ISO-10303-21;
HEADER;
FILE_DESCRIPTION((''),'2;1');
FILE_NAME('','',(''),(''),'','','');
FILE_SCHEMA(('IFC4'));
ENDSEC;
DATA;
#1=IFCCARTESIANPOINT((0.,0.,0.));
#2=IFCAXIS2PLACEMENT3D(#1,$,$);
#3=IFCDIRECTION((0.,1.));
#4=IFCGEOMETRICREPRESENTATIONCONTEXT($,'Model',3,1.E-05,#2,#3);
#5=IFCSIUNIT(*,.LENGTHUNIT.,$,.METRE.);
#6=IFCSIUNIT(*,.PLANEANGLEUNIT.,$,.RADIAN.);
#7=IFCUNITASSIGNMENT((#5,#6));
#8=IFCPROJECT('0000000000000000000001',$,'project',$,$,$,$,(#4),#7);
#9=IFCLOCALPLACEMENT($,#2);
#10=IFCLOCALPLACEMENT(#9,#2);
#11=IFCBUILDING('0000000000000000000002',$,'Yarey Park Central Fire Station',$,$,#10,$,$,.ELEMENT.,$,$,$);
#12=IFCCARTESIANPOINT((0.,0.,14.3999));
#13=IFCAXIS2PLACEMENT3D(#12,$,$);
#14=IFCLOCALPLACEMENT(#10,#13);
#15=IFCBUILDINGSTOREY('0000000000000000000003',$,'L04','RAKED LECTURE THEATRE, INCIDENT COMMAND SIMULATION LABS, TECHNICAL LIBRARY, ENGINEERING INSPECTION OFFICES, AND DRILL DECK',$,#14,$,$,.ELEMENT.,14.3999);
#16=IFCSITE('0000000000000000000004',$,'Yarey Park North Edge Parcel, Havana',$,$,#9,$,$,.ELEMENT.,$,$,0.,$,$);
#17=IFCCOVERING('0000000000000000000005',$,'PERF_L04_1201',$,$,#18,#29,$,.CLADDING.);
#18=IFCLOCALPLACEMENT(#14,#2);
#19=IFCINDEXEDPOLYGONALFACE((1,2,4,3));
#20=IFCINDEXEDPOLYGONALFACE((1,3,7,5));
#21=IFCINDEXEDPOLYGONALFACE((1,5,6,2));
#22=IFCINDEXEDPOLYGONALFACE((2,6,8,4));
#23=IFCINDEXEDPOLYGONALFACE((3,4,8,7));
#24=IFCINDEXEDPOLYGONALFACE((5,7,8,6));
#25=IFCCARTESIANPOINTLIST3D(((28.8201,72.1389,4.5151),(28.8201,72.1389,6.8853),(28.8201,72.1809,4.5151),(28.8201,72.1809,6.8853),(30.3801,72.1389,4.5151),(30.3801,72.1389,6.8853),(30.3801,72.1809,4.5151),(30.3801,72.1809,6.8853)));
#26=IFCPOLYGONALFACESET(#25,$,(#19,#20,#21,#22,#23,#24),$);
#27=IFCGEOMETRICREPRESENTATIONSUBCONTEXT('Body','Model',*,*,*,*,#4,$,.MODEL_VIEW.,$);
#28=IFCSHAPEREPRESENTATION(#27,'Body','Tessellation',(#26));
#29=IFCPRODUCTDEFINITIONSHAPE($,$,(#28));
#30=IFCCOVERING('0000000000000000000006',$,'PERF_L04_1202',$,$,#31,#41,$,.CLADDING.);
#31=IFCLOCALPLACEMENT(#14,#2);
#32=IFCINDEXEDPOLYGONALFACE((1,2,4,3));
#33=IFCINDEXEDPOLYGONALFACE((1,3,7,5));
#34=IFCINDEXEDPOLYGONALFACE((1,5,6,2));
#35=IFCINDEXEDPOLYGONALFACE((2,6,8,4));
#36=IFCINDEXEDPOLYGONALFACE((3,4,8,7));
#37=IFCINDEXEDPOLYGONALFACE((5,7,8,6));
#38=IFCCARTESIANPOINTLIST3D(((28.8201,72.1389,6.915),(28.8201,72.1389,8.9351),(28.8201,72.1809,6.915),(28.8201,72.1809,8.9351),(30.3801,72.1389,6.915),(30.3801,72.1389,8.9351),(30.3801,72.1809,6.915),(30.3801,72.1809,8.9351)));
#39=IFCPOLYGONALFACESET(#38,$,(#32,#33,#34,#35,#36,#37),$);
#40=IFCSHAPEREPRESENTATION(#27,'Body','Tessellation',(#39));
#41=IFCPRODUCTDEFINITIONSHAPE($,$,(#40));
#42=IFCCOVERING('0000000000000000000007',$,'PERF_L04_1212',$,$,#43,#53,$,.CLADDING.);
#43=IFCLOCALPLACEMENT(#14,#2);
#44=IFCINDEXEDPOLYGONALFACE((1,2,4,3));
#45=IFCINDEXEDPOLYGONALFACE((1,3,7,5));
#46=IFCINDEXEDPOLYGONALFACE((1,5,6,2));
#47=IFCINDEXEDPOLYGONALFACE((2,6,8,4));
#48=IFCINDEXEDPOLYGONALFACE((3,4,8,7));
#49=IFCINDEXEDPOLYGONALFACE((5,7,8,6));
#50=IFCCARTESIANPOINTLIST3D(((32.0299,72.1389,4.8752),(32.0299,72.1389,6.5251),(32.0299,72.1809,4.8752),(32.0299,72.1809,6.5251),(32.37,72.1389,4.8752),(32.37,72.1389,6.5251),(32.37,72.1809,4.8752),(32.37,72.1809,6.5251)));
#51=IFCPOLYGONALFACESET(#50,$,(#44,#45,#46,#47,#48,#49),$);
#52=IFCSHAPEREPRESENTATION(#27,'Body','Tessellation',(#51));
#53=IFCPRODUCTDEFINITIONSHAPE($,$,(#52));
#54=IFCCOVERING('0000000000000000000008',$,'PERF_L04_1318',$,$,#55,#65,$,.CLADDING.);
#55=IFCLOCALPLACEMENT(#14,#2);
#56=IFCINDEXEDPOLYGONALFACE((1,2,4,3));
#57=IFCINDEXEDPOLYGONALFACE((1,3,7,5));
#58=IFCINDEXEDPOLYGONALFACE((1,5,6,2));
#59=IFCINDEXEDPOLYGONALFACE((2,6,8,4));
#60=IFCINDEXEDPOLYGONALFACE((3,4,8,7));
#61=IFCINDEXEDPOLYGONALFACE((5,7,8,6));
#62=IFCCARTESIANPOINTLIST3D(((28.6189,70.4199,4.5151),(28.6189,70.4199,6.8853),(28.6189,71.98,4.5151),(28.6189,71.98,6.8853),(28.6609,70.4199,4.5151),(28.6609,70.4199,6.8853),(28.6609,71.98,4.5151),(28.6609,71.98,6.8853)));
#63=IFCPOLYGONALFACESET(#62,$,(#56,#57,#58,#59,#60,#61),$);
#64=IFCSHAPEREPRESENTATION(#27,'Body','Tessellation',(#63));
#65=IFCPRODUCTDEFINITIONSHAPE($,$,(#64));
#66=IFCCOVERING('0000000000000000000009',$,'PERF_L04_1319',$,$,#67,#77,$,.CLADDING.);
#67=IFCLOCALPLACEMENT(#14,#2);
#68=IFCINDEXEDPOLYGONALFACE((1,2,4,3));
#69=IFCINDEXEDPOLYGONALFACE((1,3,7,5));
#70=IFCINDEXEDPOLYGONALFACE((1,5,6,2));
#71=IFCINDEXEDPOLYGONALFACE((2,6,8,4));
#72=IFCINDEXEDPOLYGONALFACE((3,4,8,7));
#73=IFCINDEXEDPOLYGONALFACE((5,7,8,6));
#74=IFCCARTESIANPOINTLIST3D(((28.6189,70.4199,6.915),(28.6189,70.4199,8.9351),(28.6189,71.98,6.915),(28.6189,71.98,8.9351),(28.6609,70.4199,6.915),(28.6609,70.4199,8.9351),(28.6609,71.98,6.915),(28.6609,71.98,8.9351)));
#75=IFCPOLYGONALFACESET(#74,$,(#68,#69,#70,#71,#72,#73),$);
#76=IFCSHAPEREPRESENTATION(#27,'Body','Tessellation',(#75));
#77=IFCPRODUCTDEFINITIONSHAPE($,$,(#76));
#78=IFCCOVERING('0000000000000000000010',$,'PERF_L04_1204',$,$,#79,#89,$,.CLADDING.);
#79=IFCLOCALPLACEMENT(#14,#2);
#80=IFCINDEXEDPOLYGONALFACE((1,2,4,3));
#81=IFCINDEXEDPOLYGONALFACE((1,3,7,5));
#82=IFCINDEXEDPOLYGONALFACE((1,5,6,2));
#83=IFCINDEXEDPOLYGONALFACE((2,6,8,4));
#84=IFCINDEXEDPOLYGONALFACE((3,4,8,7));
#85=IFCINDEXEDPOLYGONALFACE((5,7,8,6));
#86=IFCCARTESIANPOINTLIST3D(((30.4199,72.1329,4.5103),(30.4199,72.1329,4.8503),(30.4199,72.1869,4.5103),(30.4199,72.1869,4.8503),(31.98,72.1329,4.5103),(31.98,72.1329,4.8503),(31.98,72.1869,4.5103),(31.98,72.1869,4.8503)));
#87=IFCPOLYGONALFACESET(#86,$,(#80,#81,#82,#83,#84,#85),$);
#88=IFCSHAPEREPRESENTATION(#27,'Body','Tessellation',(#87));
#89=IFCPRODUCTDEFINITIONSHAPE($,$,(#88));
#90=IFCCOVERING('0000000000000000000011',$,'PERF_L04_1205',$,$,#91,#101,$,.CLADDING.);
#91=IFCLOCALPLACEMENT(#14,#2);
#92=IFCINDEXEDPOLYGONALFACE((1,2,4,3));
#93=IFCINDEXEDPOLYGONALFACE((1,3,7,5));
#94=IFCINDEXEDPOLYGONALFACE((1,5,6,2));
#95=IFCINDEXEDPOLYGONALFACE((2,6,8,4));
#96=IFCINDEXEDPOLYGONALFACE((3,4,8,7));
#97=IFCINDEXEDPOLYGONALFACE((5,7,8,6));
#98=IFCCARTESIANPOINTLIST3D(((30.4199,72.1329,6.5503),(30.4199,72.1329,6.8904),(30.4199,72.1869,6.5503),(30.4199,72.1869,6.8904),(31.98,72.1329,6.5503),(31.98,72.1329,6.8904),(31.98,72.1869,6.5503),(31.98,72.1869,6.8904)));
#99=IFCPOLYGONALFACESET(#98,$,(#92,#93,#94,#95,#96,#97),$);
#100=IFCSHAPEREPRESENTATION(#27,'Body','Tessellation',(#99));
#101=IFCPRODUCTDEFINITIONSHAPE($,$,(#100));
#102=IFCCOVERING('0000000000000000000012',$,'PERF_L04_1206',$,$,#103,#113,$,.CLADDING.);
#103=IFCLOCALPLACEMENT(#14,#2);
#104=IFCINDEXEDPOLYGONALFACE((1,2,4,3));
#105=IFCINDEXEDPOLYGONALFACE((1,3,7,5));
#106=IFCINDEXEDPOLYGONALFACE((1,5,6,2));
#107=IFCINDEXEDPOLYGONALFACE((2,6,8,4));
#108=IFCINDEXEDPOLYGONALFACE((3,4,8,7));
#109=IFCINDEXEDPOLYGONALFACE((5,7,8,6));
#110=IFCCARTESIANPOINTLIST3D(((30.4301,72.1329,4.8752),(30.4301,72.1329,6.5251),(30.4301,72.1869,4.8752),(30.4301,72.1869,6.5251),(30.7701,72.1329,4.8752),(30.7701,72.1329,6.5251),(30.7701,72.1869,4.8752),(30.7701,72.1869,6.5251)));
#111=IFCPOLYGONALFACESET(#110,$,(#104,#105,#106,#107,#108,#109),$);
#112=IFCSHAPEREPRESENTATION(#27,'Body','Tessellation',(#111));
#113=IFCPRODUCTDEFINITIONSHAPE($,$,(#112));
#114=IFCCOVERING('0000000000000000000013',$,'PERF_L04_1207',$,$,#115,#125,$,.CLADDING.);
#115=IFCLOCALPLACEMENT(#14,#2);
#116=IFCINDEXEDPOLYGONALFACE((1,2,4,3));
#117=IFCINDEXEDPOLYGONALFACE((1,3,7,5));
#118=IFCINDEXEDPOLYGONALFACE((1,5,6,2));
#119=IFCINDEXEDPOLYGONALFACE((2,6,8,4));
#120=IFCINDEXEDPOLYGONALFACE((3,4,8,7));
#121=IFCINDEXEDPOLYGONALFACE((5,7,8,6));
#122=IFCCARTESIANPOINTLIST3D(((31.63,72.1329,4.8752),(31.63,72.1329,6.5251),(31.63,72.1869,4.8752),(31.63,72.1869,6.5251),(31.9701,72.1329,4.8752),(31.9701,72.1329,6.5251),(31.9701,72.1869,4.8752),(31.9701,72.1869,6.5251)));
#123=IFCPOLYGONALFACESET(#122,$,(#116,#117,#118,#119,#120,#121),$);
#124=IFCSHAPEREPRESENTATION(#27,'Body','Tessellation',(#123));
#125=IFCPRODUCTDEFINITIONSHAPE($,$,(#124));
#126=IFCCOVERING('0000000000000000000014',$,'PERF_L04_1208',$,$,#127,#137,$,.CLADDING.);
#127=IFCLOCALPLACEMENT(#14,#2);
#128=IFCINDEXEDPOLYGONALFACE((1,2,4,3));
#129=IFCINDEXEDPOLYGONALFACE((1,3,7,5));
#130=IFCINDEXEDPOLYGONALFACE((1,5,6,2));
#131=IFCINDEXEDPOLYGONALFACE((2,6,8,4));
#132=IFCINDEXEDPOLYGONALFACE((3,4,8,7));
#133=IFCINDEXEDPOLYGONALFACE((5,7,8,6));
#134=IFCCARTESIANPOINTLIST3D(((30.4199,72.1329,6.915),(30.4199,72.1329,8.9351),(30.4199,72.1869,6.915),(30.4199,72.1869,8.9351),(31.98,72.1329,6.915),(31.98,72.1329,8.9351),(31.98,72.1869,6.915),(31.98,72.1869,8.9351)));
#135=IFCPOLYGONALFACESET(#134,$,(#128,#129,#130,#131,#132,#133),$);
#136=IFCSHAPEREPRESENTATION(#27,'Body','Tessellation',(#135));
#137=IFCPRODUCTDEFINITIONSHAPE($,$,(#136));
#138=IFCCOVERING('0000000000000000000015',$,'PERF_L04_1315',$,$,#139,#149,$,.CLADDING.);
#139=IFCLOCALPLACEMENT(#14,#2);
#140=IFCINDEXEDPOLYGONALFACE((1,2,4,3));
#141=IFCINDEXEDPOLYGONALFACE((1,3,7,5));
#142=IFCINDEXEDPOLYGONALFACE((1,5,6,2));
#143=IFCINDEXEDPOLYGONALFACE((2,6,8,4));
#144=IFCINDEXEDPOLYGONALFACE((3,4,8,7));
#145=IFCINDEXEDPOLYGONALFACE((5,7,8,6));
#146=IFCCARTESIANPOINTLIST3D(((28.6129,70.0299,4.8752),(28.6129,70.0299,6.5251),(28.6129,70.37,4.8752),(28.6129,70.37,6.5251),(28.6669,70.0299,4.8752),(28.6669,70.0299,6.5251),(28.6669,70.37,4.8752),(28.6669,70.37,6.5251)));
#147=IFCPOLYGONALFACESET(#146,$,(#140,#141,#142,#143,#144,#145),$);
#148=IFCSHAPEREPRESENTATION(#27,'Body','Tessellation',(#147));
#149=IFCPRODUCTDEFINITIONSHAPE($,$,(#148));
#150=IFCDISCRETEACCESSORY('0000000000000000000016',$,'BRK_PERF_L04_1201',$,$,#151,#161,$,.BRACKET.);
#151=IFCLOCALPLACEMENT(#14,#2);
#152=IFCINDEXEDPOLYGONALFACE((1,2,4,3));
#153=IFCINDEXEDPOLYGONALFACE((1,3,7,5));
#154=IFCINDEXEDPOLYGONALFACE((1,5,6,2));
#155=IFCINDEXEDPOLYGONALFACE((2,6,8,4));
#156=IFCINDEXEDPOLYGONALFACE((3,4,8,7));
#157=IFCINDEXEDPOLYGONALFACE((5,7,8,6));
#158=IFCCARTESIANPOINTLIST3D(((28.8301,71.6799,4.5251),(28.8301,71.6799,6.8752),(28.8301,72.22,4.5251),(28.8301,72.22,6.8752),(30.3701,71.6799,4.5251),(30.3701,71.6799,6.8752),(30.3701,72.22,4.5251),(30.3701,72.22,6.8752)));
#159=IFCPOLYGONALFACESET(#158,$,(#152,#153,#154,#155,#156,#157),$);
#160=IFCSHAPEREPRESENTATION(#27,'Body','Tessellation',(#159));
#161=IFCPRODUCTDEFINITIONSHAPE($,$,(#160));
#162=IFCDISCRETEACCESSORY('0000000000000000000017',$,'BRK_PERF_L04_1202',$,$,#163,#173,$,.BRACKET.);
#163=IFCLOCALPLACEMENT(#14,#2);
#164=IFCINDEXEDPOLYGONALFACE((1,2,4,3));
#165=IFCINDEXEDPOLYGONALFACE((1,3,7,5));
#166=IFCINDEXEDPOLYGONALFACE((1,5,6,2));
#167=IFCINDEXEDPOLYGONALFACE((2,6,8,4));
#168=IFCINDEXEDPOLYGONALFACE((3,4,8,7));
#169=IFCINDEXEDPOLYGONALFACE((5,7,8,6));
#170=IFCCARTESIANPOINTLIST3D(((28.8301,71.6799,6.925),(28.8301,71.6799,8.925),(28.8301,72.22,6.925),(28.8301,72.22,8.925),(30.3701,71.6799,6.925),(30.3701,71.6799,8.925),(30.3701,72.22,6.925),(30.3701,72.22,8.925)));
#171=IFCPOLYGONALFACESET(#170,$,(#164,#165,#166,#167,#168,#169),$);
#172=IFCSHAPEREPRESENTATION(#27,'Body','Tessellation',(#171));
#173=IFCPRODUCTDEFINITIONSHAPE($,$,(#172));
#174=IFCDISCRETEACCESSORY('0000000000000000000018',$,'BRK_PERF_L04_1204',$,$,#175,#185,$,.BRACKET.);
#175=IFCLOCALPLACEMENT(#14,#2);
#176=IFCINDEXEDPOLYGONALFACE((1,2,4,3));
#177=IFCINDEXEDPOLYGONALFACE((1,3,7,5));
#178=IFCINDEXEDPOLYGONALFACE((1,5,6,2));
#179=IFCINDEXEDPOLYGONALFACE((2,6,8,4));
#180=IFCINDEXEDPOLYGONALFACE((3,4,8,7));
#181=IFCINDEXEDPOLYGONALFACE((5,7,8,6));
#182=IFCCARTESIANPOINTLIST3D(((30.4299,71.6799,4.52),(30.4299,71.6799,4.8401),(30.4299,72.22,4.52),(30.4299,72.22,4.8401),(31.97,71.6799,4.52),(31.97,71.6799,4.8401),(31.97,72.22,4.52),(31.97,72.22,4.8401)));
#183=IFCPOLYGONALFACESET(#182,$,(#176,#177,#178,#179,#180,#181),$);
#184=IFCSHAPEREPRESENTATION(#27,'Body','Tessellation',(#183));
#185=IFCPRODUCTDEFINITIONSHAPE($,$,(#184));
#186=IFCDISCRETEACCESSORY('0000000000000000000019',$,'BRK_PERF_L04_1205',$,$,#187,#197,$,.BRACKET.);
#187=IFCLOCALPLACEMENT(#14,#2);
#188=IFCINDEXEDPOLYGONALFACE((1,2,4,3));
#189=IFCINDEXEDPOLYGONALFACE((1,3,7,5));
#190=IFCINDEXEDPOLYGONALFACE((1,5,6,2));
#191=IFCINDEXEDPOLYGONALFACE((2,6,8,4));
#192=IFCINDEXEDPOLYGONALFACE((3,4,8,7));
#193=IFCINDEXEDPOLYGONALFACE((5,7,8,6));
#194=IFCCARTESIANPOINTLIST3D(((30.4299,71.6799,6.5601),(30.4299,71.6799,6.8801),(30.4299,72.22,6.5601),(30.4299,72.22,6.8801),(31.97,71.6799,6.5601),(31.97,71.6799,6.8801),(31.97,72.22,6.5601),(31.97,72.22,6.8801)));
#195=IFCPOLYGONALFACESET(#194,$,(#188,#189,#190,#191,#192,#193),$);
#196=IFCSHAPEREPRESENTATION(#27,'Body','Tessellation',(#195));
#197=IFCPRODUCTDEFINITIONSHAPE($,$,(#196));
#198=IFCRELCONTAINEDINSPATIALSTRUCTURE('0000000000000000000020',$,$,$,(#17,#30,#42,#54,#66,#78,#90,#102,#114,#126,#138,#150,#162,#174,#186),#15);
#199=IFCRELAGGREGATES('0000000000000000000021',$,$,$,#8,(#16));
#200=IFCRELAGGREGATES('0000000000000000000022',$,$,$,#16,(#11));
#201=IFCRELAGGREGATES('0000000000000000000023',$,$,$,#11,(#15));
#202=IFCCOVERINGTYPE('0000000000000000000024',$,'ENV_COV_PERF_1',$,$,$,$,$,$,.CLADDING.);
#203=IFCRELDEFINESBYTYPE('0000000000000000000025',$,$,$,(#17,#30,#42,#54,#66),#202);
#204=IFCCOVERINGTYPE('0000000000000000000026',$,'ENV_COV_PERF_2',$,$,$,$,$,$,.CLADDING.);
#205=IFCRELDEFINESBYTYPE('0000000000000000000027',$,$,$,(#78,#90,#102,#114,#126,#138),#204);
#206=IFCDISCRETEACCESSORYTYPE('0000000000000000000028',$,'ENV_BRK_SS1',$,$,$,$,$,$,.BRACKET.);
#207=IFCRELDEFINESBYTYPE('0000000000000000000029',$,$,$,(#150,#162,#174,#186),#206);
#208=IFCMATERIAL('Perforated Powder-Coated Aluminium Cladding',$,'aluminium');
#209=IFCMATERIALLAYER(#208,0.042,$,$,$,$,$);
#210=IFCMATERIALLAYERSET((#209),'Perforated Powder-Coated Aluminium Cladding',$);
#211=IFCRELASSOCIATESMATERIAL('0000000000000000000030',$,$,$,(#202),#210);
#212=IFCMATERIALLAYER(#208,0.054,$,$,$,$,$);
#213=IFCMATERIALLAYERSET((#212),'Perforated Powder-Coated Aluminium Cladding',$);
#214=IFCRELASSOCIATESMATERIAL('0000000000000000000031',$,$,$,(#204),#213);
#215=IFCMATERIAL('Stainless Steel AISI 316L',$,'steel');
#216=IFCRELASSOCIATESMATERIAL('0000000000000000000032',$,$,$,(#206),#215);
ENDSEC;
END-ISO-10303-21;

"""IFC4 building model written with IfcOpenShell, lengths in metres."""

from ifc_helpers import new_model, si_unit, direction, frame, origin, origin_2d, place, context, subcontext, project, spatial, rectangle, extrude, material, layer, layer_set, type_object, element, save


model = new_model("IFC4")

# Units and contexts
model_context = context("Model", 3, precision=1e-05, world=origin(), true_north=direction((0.0, 1.0)))
body_context = subcontext(model_context, "Body", "Model", "MODEL_VIEW")
ifc_project = project(units=[si_unit("LENGTHUNIT", "METRE"), si_unit("PLANEANGLEUNIT", "RADIAN")], contexts=[model_context])

# Site, building, storey
site_placement = place(None, origin())
site = spatial("IfcSite", under=ifc_project, at=site_placement, Name="Yarey Park North Edge Parcel, Havana", CompositionType="ELEMENT", RefElevation=0.0)
building_placement = place(site_placement, origin())
building = spatial("IfcBuilding", under=site, at=building_placement, Name="Yarey Park Central Fire Station", CompositionType="ELEMENT")
storey_placement = place(building_placement, frame((0.0, 0.0, 14.3999)))
storey = spatial("IfcBuildingStorey", under=building, at=storey_placement, Name="L04", Description="RAKED LECTURE THEATRE, INCIDENT COMMAND SIMULATION LABS, TECHNICAL LIBRARY, ENGINEERING INSPECTION OFFICES, AND DRILL DECK", CompositionType="ELEMENT", Elevation=14.3999)

# Coverings
ifc_material_1 = material(Name="Perforated Powder-Coated Aluminium Cladding", Category="aluminium")
ifc_layer_1 = layer(ifc_material_1, 0.042)
ifc_layer_set_1 = layer_set([ifc_layer_1], Name="Perforated Powder-Coated Aluminium Cladding")
covering_type_1 = type_object("IfcCoveringType", Name="ENV_COV_PERF_1", PredefinedType="CLADDING", material=ifc_layer_set_1)
covering_1_placement = place(storey_placement, frame((29.6001, 72.1599, 4.5151), z_axis=(0.0, 0.0, 1.0), x_axis=(1.0, 0.0, 0.0)))
element("IfcCovering", 1, at=covering_1_placement, inside=storey, type_object=covering_type_1, Name="PERF_L04_1201", PredefinedType="CLADDING", context=body_context, shape_type="SweptSolid", body=[
    extrude(rectangle(XDim=1.5601, YDim=0.042, at=origin_2d()), origin(), (0.0, 0.0, 1.0), 2.3701),
])
covering_2_placement = place(storey_placement, frame((29.6001, 72.1599, 6.915), z_axis=(0.0, 0.0, 1.0), x_axis=(1.0, 0.0, 0.0)))
element("IfcCovering", 2, at=covering_2_placement, inside=storey, type_object=covering_type_1, Name="PERF_L04_1202", PredefinedType="CLADDING", context=body_context, shape_type="SweptSolid", body=[
    extrude(rectangle(XDim=1.5601, YDim=0.042, at=origin_2d()), origin(), (0.0, 0.0, 1.0), 2.02),
])
covering_3_placement = place(storey_placement, frame((32.2, 72.1599, 4.8752), z_axis=(0.0, 0.0, 1.0), x_axis=(1.0, 0.0, 0.0)))
element("IfcCovering", 3, at=covering_3_placement, inside=storey, type_object=covering_type_1, Name="PERF_L04_1212", PredefinedType="CLADDING", context=body_context, shape_type="SweptSolid", body=[
    extrude(rectangle(XDim=0.3401, YDim=0.042, at=origin_2d()), origin(), (0.0, 0.0, 1.0), 1.6499),
])
covering_4_placement = place(storey_placement, frame((28.6399, 71.2, 4.5151), z_axis=(0.0, 0.0, 1.0), x_axis=(0.0, 1.0, 0.0)))
element("IfcCovering", 4, at=covering_4_placement, inside=storey, type_object=covering_type_1, Name="PERF_L04_1318", PredefinedType="CLADDING", context=body_context, shape_type="SweptSolid", body=[
    extrude(rectangle(XDim=1.5601, YDim=0.042, at=origin_2d()), origin(), (0.0, 0.0, 1.0), 2.3701),
])
covering_5_placement = place(storey_placement, frame((28.6399, 71.2, 6.915), z_axis=(0.0, 0.0, 1.0), x_axis=(0.0, 1.0, 0.0)))
element("IfcCovering", 5, at=covering_5_placement, inside=storey, type_object=covering_type_1, Name="PERF_L04_1319", PredefinedType="CLADDING", context=body_context, shape_type="SweptSolid", body=[
    extrude(rectangle(XDim=1.5601, YDim=0.042, at=origin_2d()), origin(), (0.0, 0.0, 1.0), 2.02),
])
ifc_layer_2 = layer(ifc_material_1, 0.054)
ifc_layer_set_2 = layer_set([ifc_layer_2], Name="Perforated Powder-Coated Aluminium Cladding")
covering_type_2 = type_object("IfcCoveringType", Name="ENV_COV_PERF_2", PredefinedType="CLADDING", material=ifc_layer_set_2)
for number, where, z_axis, x_axis, name in (
    (6, (31.2, 72.1599, 4.5103), (0.0, 0.0, 1.0), (1.0, 0.0, 0.0), "PERF_L04_1204"),
    (7, (31.2, 72.1599, 6.5503), (0.0, 0.0, 1.0), (1.0, 0.0, 0.0), "PERF_L04_1205"),
):
    element("IfcCovering", number, at=place(storey_placement, frame(where, z_axis=z_axis, x_axis=x_axis)), inside=storey, type_object=covering_type_2, Name=name, PredefinedType="CLADDING", context=body_context, shape_type="SweptSolid", body=[
        extrude(rectangle(XDim=1.5601, YDim=0.054, at=origin_2d()), origin(), (0.0, 0.0, 1.0), 0.3401),
    ])
for number, where, z_axis, x_axis, name in (
    (8, (30.6001, 72.1599, 4.8752), (0.0, 0.0, 1.0), (1.0, 0.0, 0.0), "PERF_L04_1206"),
    (9, (31.8, 72.1599, 4.8752), (0.0, 0.0, 1.0), (1.0, 0.0, 0.0), "PERF_L04_1207"),
):
    element("IfcCovering", number, at=place(storey_placement, frame(where, z_axis=z_axis, x_axis=x_axis)), inside=storey, type_object=covering_type_2, Name=name, PredefinedType="CLADDING", context=body_context, shape_type="SweptSolid", body=[
        extrude(rectangle(XDim=0.3401, YDim=0.054, at=origin_2d()), origin(), (0.0, 0.0, 1.0), 1.6499),
    ])
covering_6_placement = place(storey_placement, frame((31.2, 72.1599, 6.915), z_axis=(0.0, 0.0, 1.0), x_axis=(1.0, 0.0, 0.0)))
element("IfcCovering", 10, at=covering_6_placement, inside=storey, type_object=covering_type_2, Name="PERF_L04_1208", PredefinedType="CLADDING", context=body_context, shape_type="SweptSolid", body=[
    extrude(rectangle(XDim=1.5601, YDim=0.054, at=origin_2d()), origin(), (0.0, 0.0, 1.0), 2.02),
])
covering_7_placement = place(storey_placement, frame((28.6399, 70.2, 4.8752), z_axis=(0.0, 0.0, 1.0), x_axis=(0.0, 1.0, 0.0)))
element("IfcCovering", 11, at=covering_7_placement, inside=storey, type_object=covering_type_2, Name="PERF_L04_1315", PredefinedType="CLADDING", context=body_context, shape_type="SweptSolid", body=[
    extrude(rectangle(XDim=0.3401, YDim=0.054, at=origin_2d()), origin(), (0.0, 0.0, 1.0), 1.6499),
])

# Discrete accessories
ifc_material_2 = material(Name="Stainless Steel AISI 316L", Category="steel")
discrete_accessory_type = type_object("IfcDiscreteAccessoryType", Name="ENV_BRK_SS1", PredefinedType="BRACKET", material=ifc_material_2)
discrete_accessory_1_placement = place(storey_placement, frame((29.6001, 71.95, 4.5251), z_axis=(0.0, 0.0, 1.0), x_axis=(1.0, 0.0, 0.0)))
element("IfcDiscreteAccessory", 12, at=discrete_accessory_1_placement, inside=storey, type_object=discrete_accessory_type, Name="BRK_PERF_L04_1201", PredefinedType="BRACKET", context=body_context, shape_type="SweptSolid", body=[
    extrude(rectangle(XDim=1.54, YDim=0.54, at=origin_2d()), origin(), (0.0, 0.0, 1.0), 2.3501),
])
discrete_accessory_2_placement = place(storey_placement, frame((29.6001, 71.95, 6.925), z_axis=(0.0, 0.0, 1.0), x_axis=(1.0, 0.0, 0.0)))
element("IfcDiscreteAccessory", 13, at=discrete_accessory_2_placement, inside=storey, type_object=discrete_accessory_type, Name="BRK_PERF_L04_1202", PredefinedType="BRACKET", context=body_context, shape_type="SweptSolid", body=[
    extrude(rectangle(XDim=1.54, YDim=0.54, at=origin_2d()), origin(), (0.0, 0.0, 1.0), 2.0),
])
for number, where, z_axis, x_axis, name in (
    (14, (31.2, 71.95, 4.52), (0.0, 0.0, 1.0), (1.0, 0.0, 0.0), "BRK_PERF_L04_1204"),
    (15, (31.2, 71.95, 6.5601), (0.0, 0.0, 1.0), (1.0, 0.0, 0.0), "BRK_PERF_L04_1205"),
):
    element("IfcDiscreteAccessory", number, at=place(storey_placement, frame(where, z_axis=z_axis, x_axis=x_axis)), inside=storey, type_object=discrete_accessory_type, Name=name, PredefinedType="BRACKET", context=body_context, shape_type="SweptSolid", body=[
        extrude(rectangle(XDim=1.54, YDim=0.54, at=origin_2d()), origin(), (0.0, 0.0, 1.0), 0.3201),
    ])

save(model, "model.ifc")
